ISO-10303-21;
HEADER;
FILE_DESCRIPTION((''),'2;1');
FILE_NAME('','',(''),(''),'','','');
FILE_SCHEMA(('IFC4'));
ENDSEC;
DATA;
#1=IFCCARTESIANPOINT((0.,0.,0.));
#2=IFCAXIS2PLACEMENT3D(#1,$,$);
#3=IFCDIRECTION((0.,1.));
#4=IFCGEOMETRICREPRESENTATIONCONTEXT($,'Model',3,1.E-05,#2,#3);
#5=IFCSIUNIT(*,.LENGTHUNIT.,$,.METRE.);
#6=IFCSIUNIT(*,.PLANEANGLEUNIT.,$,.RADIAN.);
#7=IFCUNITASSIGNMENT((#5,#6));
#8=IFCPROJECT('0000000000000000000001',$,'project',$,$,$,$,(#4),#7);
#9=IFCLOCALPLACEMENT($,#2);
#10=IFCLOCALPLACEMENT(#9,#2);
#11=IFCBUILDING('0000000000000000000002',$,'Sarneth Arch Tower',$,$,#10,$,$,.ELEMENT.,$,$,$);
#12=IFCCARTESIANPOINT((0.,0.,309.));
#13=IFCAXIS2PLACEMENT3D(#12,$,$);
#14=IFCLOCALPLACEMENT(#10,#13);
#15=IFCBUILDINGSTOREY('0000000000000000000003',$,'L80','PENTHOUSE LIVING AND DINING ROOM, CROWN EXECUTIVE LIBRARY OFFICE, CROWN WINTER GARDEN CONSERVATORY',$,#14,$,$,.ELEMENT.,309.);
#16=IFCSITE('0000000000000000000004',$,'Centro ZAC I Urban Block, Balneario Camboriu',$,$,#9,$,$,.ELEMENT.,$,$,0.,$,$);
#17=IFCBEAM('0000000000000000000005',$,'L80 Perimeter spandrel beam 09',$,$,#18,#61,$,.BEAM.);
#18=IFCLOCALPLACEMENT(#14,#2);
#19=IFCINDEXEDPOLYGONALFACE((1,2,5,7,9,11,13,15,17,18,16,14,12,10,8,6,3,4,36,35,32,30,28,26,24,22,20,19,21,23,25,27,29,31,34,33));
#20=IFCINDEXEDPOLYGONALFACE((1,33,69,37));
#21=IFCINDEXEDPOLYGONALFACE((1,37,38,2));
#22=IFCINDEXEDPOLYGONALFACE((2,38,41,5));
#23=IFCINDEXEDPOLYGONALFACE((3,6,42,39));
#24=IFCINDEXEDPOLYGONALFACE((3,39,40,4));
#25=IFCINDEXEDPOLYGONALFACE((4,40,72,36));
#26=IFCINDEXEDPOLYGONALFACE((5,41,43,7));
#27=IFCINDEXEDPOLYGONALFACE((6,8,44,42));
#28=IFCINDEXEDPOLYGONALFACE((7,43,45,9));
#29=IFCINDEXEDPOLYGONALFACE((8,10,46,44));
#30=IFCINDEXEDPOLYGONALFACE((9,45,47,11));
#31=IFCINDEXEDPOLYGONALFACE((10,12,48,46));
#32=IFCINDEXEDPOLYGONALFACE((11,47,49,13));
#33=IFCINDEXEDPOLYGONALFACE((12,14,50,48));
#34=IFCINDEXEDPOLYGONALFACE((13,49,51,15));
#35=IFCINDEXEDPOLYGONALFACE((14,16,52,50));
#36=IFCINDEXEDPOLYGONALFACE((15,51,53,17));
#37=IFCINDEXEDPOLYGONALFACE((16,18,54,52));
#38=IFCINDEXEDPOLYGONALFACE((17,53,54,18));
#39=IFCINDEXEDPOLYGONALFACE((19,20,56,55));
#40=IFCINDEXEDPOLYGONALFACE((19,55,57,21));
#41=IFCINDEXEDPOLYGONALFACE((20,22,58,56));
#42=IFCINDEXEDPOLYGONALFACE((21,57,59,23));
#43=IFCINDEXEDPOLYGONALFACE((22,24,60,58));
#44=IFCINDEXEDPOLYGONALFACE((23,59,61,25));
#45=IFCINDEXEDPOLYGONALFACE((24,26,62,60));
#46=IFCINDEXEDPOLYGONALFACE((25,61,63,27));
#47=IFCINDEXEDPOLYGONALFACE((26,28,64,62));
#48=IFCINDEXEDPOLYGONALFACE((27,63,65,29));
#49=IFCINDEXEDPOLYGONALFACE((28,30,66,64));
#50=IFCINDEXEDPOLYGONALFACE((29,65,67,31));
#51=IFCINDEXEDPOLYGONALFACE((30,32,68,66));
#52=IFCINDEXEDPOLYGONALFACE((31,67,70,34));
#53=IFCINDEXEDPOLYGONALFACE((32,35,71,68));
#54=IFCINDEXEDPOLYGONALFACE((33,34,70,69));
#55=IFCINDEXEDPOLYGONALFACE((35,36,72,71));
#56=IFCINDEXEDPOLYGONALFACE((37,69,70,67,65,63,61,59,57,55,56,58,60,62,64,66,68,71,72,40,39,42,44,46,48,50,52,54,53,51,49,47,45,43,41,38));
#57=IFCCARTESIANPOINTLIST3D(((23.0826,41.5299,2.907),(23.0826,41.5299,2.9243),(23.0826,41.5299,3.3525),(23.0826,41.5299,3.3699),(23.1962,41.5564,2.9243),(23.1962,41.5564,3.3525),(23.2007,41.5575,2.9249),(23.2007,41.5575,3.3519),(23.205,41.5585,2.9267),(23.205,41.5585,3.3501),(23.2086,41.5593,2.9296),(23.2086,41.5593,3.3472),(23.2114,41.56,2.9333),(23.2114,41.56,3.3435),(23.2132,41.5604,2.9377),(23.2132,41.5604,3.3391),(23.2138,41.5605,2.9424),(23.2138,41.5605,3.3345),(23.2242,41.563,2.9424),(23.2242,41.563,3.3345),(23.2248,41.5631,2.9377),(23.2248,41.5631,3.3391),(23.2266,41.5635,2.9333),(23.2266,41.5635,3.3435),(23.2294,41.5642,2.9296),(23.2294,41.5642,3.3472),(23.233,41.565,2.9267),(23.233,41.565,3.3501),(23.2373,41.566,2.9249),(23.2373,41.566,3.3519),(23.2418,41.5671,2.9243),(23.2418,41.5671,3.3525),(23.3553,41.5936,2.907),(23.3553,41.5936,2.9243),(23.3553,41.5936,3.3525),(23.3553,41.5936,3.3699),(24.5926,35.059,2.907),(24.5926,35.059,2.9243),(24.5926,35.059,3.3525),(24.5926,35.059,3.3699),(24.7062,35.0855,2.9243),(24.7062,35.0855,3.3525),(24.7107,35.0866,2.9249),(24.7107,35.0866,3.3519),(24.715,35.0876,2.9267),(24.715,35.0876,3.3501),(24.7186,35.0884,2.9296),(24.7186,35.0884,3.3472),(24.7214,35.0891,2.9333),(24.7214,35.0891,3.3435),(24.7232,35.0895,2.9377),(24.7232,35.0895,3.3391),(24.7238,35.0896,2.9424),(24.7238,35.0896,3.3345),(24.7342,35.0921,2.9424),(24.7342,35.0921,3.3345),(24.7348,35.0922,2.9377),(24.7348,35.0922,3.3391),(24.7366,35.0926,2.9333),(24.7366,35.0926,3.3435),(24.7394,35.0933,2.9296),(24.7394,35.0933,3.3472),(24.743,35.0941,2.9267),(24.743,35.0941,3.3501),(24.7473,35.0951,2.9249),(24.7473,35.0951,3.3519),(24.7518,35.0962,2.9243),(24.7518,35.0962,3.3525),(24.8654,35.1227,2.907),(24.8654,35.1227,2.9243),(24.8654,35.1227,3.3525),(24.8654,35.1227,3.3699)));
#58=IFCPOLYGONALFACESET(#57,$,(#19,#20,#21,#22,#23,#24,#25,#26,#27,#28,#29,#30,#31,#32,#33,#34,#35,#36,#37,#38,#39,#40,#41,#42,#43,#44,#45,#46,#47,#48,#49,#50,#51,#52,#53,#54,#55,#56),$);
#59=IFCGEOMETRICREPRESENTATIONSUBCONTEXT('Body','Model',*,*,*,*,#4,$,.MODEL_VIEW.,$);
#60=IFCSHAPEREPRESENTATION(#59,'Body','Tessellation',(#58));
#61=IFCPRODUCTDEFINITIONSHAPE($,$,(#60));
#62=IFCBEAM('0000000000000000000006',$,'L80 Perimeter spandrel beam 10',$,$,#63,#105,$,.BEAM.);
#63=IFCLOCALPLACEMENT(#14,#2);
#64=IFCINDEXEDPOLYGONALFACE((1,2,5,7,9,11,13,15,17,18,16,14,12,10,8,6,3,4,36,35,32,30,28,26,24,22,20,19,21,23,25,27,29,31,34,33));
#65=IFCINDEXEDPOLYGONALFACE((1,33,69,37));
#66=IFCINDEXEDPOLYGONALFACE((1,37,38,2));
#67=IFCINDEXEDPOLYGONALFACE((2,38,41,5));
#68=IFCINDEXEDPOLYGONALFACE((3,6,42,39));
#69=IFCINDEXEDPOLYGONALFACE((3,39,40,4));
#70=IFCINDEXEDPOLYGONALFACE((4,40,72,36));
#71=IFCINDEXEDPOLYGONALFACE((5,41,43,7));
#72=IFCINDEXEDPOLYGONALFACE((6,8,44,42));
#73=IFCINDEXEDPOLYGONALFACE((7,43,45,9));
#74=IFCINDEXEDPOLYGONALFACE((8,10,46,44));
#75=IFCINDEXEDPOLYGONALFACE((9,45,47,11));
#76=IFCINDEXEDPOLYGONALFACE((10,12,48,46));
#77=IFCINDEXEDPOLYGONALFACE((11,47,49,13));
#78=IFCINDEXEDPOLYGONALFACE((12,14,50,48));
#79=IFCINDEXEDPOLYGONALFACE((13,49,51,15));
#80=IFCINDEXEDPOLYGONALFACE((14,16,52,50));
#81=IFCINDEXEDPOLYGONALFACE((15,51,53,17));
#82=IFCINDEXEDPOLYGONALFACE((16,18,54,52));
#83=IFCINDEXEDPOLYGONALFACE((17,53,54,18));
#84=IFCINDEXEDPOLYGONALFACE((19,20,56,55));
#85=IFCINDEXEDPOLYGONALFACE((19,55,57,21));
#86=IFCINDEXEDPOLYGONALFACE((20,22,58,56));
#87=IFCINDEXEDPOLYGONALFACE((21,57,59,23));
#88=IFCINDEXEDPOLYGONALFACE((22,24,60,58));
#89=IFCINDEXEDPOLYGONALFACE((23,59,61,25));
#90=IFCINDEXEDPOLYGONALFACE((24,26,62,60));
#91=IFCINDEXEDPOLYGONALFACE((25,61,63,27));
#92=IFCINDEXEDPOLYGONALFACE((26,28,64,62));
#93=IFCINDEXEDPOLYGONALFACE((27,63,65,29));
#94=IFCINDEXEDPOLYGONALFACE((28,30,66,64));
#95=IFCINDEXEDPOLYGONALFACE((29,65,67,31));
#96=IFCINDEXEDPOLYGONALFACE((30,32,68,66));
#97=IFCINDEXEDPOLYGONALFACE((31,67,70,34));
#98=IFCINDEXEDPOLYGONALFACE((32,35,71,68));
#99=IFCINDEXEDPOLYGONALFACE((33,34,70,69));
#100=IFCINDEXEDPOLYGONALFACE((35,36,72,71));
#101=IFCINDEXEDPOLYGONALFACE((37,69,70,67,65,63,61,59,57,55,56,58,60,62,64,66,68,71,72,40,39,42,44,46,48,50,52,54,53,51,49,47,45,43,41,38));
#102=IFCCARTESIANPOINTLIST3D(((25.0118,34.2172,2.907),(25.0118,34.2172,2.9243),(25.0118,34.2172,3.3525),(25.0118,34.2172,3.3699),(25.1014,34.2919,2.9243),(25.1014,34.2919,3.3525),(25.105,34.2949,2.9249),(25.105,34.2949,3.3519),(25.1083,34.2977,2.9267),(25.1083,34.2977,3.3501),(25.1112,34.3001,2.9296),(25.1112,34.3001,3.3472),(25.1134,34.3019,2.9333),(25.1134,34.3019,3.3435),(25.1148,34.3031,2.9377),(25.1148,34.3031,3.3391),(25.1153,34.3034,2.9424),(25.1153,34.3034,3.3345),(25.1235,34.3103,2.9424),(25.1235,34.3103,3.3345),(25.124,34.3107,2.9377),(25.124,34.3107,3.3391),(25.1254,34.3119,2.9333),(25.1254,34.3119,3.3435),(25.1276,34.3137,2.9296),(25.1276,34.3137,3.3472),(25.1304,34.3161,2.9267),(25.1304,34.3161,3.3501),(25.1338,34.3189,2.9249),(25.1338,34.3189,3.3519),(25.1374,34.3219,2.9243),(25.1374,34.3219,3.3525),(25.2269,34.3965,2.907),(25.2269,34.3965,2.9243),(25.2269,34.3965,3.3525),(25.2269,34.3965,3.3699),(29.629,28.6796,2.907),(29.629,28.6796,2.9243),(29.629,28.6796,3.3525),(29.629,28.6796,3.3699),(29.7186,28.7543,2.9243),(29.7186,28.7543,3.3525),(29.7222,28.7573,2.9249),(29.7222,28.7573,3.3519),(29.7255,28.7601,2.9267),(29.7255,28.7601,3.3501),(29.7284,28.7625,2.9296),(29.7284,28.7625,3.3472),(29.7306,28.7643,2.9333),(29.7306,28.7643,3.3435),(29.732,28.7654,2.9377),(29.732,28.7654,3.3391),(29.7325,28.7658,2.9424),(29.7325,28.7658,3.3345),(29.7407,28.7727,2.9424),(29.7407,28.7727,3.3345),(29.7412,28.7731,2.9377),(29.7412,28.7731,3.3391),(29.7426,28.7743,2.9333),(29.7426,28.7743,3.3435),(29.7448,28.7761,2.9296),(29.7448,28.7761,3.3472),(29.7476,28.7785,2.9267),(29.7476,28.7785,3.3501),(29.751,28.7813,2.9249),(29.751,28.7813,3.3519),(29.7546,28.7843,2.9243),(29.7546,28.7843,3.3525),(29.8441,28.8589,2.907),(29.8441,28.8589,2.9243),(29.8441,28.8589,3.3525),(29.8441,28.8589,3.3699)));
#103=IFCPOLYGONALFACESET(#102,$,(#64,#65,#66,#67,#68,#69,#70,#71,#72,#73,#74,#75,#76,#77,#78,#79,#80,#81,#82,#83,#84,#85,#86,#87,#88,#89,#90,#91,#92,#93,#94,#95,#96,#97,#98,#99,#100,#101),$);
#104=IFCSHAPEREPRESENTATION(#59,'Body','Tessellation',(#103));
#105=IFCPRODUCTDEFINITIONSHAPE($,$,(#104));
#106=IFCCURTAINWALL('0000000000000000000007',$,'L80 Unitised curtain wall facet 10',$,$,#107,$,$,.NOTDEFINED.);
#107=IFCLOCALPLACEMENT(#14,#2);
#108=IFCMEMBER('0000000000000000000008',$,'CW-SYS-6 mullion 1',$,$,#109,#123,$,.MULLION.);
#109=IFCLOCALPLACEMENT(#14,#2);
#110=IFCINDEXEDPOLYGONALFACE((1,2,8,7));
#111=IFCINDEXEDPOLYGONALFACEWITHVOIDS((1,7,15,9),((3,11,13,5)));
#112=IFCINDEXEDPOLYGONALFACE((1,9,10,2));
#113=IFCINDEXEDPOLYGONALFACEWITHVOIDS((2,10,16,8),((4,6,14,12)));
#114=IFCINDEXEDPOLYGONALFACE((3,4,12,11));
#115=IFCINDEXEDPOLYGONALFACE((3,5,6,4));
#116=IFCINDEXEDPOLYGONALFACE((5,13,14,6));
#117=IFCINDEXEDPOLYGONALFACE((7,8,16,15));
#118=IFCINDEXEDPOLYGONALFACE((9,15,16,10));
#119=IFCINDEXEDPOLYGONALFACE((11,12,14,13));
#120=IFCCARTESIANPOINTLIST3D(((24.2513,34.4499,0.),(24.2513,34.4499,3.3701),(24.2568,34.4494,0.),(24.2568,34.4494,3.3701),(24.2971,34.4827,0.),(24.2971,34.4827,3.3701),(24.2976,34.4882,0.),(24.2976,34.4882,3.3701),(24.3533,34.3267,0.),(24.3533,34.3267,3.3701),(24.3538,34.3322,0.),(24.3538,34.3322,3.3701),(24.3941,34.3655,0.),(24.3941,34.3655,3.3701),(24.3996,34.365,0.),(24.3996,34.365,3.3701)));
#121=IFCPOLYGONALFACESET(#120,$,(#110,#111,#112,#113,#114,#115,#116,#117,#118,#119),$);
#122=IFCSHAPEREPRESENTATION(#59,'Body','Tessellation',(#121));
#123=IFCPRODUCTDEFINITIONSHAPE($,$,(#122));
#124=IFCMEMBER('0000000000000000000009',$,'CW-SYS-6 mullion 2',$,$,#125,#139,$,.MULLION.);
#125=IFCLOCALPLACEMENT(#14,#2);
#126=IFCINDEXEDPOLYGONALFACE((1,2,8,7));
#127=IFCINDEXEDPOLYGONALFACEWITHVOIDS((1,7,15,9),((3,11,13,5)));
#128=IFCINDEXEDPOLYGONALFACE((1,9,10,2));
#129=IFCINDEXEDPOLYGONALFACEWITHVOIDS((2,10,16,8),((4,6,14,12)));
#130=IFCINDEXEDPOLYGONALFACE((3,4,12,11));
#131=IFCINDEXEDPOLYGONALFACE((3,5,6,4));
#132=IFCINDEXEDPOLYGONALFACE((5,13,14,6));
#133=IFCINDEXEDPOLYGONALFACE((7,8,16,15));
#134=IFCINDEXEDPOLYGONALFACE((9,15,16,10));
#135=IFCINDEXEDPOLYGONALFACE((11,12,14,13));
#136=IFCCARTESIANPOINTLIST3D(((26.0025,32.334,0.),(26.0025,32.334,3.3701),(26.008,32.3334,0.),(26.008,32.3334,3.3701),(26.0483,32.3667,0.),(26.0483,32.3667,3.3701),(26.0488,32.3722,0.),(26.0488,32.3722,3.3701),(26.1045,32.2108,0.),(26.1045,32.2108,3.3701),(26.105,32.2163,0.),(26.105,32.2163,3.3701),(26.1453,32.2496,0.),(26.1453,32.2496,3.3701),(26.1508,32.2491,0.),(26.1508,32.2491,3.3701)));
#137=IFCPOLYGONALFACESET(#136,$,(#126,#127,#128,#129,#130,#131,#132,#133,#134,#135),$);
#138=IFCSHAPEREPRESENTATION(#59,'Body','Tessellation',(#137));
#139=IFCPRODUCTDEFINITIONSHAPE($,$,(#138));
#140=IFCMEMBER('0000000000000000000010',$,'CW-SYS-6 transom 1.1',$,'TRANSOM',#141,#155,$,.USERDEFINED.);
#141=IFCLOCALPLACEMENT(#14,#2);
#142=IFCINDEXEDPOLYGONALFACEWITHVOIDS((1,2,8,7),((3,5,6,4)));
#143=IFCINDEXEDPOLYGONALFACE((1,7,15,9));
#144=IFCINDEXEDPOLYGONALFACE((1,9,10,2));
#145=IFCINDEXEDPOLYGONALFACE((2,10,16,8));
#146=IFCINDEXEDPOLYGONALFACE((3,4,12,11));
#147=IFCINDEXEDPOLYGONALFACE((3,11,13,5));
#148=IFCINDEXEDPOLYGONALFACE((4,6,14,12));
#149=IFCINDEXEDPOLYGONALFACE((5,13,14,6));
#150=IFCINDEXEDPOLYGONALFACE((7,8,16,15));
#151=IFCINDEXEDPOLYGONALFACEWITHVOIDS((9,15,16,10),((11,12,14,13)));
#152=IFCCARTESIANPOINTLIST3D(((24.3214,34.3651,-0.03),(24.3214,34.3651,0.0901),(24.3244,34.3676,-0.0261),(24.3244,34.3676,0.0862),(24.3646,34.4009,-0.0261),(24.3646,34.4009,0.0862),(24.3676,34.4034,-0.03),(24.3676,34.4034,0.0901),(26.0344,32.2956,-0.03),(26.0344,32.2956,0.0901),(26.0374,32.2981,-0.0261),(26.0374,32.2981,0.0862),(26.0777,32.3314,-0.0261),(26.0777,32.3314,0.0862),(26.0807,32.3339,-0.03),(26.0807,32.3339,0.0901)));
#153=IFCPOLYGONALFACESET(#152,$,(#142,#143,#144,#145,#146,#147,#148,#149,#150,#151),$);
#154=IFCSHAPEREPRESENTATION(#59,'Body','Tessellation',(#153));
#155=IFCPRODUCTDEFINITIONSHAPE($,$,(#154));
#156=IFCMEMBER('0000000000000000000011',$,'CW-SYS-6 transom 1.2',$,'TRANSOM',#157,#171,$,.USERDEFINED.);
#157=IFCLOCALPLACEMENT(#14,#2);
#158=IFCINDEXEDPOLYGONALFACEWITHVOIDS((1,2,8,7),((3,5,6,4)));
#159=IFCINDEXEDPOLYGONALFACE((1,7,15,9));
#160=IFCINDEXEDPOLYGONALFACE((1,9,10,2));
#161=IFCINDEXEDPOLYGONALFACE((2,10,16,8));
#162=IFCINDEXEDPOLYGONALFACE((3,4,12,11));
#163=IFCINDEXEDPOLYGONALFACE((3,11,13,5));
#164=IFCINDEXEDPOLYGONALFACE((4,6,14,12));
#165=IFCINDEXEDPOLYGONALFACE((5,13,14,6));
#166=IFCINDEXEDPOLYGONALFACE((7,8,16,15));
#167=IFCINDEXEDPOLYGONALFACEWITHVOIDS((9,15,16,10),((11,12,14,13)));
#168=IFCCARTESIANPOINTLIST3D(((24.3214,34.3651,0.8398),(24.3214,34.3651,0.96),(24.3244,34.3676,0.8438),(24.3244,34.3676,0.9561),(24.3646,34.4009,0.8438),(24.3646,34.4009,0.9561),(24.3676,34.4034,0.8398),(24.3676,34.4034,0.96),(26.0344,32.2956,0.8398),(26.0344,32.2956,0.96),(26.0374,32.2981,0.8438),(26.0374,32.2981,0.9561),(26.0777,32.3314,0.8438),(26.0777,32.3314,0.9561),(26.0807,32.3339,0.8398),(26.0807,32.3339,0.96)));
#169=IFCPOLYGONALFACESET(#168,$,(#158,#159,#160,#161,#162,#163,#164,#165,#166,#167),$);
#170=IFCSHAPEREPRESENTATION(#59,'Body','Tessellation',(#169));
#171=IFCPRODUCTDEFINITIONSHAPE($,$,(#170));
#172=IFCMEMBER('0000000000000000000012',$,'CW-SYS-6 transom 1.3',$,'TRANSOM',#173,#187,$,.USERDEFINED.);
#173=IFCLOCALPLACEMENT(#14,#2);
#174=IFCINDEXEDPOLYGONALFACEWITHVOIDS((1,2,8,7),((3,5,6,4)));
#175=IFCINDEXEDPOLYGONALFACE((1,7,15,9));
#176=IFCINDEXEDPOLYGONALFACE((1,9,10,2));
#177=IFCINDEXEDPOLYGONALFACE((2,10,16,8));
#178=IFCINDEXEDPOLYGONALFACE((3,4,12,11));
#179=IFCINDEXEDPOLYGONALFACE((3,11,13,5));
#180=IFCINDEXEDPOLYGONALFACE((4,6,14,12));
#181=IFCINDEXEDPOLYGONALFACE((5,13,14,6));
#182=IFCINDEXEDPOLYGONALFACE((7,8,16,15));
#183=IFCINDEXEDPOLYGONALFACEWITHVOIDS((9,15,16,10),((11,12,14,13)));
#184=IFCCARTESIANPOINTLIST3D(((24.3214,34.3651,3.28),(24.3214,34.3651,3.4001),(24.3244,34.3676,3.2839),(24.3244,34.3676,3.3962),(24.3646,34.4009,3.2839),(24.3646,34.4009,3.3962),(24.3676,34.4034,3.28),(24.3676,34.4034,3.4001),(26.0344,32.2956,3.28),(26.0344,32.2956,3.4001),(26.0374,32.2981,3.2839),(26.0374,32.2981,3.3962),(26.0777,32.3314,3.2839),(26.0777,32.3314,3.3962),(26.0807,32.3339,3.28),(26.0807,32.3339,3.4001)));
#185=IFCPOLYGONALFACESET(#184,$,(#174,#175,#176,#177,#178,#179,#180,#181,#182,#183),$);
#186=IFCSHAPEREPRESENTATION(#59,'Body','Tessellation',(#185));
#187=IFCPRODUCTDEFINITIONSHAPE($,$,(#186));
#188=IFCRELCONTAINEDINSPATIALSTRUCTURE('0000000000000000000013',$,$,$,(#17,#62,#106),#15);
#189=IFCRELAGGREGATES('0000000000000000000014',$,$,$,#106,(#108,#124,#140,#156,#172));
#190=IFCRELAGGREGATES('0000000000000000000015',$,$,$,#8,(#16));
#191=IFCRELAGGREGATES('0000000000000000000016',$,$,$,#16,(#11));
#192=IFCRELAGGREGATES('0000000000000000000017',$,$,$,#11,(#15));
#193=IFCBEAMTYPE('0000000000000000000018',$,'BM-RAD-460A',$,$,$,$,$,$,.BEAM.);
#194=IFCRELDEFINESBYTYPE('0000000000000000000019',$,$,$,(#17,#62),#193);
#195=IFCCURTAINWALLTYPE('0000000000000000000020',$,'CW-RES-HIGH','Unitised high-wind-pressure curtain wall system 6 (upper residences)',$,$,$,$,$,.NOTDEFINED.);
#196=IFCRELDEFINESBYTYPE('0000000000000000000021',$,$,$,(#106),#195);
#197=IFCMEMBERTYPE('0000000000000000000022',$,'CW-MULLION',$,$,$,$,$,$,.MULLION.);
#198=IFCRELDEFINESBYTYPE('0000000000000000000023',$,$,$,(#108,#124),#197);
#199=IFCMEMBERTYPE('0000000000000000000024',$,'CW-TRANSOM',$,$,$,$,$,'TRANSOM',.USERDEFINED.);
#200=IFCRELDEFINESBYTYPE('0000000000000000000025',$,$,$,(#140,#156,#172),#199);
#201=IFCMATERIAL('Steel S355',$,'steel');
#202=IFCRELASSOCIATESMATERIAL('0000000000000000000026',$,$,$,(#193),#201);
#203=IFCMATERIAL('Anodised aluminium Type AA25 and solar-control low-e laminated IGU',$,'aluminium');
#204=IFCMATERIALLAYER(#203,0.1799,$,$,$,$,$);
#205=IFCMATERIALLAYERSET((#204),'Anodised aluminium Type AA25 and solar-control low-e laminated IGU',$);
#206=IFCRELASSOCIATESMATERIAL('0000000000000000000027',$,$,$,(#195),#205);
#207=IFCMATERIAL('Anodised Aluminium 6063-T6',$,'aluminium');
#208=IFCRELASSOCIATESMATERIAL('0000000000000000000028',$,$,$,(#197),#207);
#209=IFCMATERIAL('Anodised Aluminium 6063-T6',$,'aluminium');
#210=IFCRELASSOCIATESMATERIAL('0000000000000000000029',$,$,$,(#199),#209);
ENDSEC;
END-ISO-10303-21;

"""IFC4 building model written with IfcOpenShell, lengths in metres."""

from ifc_helpers import new_model, si_unit, direction, frame, origin, origin_2d, place, context, subcontext, project, spatial, hollow_rectangle, i_section, extrude, material, layer, layer_set, material_profile, profile_set, type_object, element, aggregate, save


model = new_model("IFC4")

# Units and contexts
model_context = context("Model", 3, precision=1e-05, world=origin(), true_north=direction((0.0, 1.0)))
body_context = subcontext(model_context, "Body", "Model", "MODEL_VIEW")
ifc_project = project(units=[si_unit("LENGTHUNIT", "METRE"), si_unit("PLANEANGLEUNIT", "RADIAN")], contexts=[model_context])

# Site, building, storey
site_placement = place(None, origin())
site = spatial("IfcSite", under=ifc_project, at=site_placement, Name="Centro ZAC I Urban Block, Balneario Camboriu", CompositionType="ELEMENT", RefElevation=0.0)
building_placement = place(site_placement, origin())
building = spatial("IfcBuilding", under=site, at=building_placement, Name="Sarneth Arch Tower", CompositionType="ELEMENT")
storey_placement = place(building_placement, frame((0.0, 0.0, 309.0)))
storey = spatial("IfcBuildingStorey", under=building, at=storey_placement, Name="L80", Description="PENTHOUSE LIVING AND DINING ROOM, CROWN EXECUTIVE LIBRARY OFFICE, CROWN WINTER GARDEN CONSERVATORY", CompositionType="ELEMENT", Elevation=309.0)

# Beams
ifc_material_1 = material(Name="Steel S355", Category="steel")
ifc_material_profile_1 = material_profile(ifc_material_1, i_section(OverallWidth=0.28, OverallDepth=0.4629, WebThickness=0.0107, FlangeThickness=0.0173, FilletRadius=0.0181, at=origin_2d()), Name="W460x113")
ifc_profile_set_1 = profile_set([ifc_material_profile_1], Name="Steel S355")
beam_type = type_object("IfcBeamType", Name="BM-RAD-460A", PredefinedType="BEAM", material=ifc_profile_set_1)
beam_1_placement = place(storey_placement, frame((23.219, 41.5618, 3.1384), z_axis=(0.227247, -0.973837, 0.0), x_axis=(0.973837, 0.227247, 0.0)))
element("IfcBeam", 1, at=beam_1_placement, inside=storey, type_object=beam_type, Name="L80 Perimeter spandrel beam 09", PredefinedType="BEAM", context=body_context, shape_type="SweptSolid", body=[
    extrude(i_section(OverallWidth=0.28, OverallDepth=0.4629, WebThickness=0.0107, FlangeThickness=0.0173, FilletRadius=0.0181, at=origin_2d()), origin(), (0.0, 0.0, 1.0), 6.6448),
])
beam_2_placement = place(storey_placement, frame((25.1194, 34.3069, 3.1384), z_axis=(0.640391, -0.768049, 0.0), x_axis=(0.768049, 0.640391, 0.0)))
element("IfcBeam", 2, at=beam_2_placement, inside=storey, type_object=beam_type, Name="L80 Perimeter spandrel beam 10", PredefinedType="BEAM", context=body_context, shape_type="SweptSolid", body=[
    extrude(i_section(OverallWidth=0.28, OverallDepth=0.4629, WebThickness=0.0107, FlangeThickness=0.0173, FilletRadius=0.0181, at=origin_2d()), origin(), (0.0, 0.0, 1.0), 7.21),
])

# Curtain wall, members
ifc_material_2 = material(Name="Anodised aluminium Type AA25 and solar-control low-e laminated IGU", Category="aluminium")
ifc_layer_1 = layer(ifc_material_2, 0.1799)
ifc_layer_set_1 = layer_set([ifc_layer_1], Name="Anodised aluminium Type AA25 and solar-control low-e laminated IGU")
curtain_wall_type = type_object("IfcCurtainWallType", Name="CW-RES-HIGH", Description="Unitised high-wind-pressure curtain wall system 6 (upper residences)", PredefinedType="NOTDEFINED", material=ifc_layer_set_1)
curtain_wall_placement = place(storey_placement, origin())
curtain_wall = element("IfcCurtainWall", 3, at=curtain_wall_placement, inside=storey, type_object=curtain_wall_type, Name="L80 Unitised curtain wall facet 10", PredefinedType="NOTDEFINED")
ifc_material_3 = material(Name="Anodised Aluminium 6063-T6", Category="aluminium")
ifc_material_profile_2 = material_profile(ifc_material_3, hollow_rectangle(XDim=0.0601, YDim=0.1599, WallThickness=0.0039, at=origin_2d()), Name="AL-MULL-160x60x4")
ifc_profile_set_2 = profile_set([ifc_material_profile_2], Name="Anodised Aluminium 6063-T6")
member_type_1 = type_object("IfcMemberType", Name="CW-MULLION", PredefinedType="MULLION", material=ifc_profile_set_2)
member_1_placement = place(storey_placement, frame((24.3254, 34.4075, 0.0), z_axis=(0.0, 0.0, 1.0), x_axis=(0.770359, 0.63761, 0.0)))
member_1 = element("IfcMember", 4, at=member_1_placement, type_object=member_type_1, Name="CW-SYS-6 mullion 1", PredefinedType="MULLION", context=body_context, shape_type="SweptSolid", body=[
    extrude(hollow_rectangle(XDim=0.0601, YDim=0.1599, WallThickness=0.0039, at=origin_2d()), origin(), (0.0, 0.0, 1.0), 3.3701),
])
member_2_placement = place(storey_placement, frame((26.0767, 32.2915, 0.0), z_axis=(0.0, 0.0, 1.0), x_axis=(0.770359, 0.63761, 0.0)))
member_2 = element("IfcMember", 5, at=member_2_placement, type_object=member_type_1, Name="CW-SYS-6 mullion 2", PredefinedType="MULLION", context=body_context, shape_type="SweptSolid", body=[
    extrude(hollow_rectangle(XDim=0.0601, YDim=0.1599, WallThickness=0.0039, at=origin_2d()), origin(), (0.0, 0.0, 1.0), 3.3701),
])
ifc_material_4 = material(Name="Anodised Aluminium 6063-T6", Category="aluminium")
ifc_material_profile_3 = material_profile(ifc_material_4, hollow_rectangle(XDim=0.0601, YDim=0.1201, WallThickness=0.0039, at=origin_2d()), Name="AL-TRAN-120x60x4")
ifc_profile_set_3 = profile_set([ifc_material_profile_3], Name="Anodised Aluminium 6063-T6")
member_type_2 = type_object("IfcMemberType", Name="CW-TRANSOM", ElementType="TRANSOM", PredefinedType="USERDEFINED", material=ifc_profile_set_3)
member_3_placement = place(storey_placement, frame((24.3445, 34.3843, 0.03), z_axis=(0.637651, -0.770325, 0.0), x_axis=(0.770325, 0.637651, 0.0)))
member_3 = element("IfcMember", 6, at=member_3_placement, type_object=member_type_2, Name="CW-SYS-6 transom 1.1", ObjectType="TRANSOM", PredefinedType="USERDEFINED", context=body_context, shape_type="SweptSolid", body=[
    extrude(hollow_rectangle(XDim=0.0601, YDim=0.1201, WallThickness=0.0039, at=origin_2d()), origin(), (0.0, 0.0, 1.0), 2.6865),
])
member_4_placement = place(storey_placement, frame((24.3445, 34.3843, 0.8999), z_axis=(0.637651, -0.770325, 0.0), x_axis=(0.770325, 0.637651, 0.0)))
member_4 = element("IfcMember", 7, at=member_4_placement, type_object=member_type_2, Name="CW-SYS-6 transom 1.2", ObjectType="TRANSOM", PredefinedType="USERDEFINED", context=body_context, shape_type="SweptSolid", body=[
    extrude(hollow_rectangle(XDim=0.0601, YDim=0.1201, WallThickness=0.0039, at=origin_2d()), origin(), (0.0, 0.0, 1.0), 2.6865),
])
member_5_placement = place(storey_placement, frame((24.3445, 34.3843, 3.3401), z_axis=(0.637651, -0.770325, 0.0), x_axis=(0.770325, 0.637651, 0.0)))
member_5 = element("IfcMember", 8, at=member_5_placement, type_object=member_type_2, Name="CW-SYS-6 transom 1.3", ObjectType="TRANSOM", PredefinedType="USERDEFINED", context=body_context, shape_type="SweptSolid", body=[
    extrude(hollow_rectangle(XDim=0.0601, YDim=0.1201, WallThickness=0.0039, at=origin_2d()), origin(), (0.0, 0.0, 1.0), 2.6865),
])

aggregate(curtain_wall, [member_1, member_2, member_3, member_4, member_5])

save(model, "model.ifc")
